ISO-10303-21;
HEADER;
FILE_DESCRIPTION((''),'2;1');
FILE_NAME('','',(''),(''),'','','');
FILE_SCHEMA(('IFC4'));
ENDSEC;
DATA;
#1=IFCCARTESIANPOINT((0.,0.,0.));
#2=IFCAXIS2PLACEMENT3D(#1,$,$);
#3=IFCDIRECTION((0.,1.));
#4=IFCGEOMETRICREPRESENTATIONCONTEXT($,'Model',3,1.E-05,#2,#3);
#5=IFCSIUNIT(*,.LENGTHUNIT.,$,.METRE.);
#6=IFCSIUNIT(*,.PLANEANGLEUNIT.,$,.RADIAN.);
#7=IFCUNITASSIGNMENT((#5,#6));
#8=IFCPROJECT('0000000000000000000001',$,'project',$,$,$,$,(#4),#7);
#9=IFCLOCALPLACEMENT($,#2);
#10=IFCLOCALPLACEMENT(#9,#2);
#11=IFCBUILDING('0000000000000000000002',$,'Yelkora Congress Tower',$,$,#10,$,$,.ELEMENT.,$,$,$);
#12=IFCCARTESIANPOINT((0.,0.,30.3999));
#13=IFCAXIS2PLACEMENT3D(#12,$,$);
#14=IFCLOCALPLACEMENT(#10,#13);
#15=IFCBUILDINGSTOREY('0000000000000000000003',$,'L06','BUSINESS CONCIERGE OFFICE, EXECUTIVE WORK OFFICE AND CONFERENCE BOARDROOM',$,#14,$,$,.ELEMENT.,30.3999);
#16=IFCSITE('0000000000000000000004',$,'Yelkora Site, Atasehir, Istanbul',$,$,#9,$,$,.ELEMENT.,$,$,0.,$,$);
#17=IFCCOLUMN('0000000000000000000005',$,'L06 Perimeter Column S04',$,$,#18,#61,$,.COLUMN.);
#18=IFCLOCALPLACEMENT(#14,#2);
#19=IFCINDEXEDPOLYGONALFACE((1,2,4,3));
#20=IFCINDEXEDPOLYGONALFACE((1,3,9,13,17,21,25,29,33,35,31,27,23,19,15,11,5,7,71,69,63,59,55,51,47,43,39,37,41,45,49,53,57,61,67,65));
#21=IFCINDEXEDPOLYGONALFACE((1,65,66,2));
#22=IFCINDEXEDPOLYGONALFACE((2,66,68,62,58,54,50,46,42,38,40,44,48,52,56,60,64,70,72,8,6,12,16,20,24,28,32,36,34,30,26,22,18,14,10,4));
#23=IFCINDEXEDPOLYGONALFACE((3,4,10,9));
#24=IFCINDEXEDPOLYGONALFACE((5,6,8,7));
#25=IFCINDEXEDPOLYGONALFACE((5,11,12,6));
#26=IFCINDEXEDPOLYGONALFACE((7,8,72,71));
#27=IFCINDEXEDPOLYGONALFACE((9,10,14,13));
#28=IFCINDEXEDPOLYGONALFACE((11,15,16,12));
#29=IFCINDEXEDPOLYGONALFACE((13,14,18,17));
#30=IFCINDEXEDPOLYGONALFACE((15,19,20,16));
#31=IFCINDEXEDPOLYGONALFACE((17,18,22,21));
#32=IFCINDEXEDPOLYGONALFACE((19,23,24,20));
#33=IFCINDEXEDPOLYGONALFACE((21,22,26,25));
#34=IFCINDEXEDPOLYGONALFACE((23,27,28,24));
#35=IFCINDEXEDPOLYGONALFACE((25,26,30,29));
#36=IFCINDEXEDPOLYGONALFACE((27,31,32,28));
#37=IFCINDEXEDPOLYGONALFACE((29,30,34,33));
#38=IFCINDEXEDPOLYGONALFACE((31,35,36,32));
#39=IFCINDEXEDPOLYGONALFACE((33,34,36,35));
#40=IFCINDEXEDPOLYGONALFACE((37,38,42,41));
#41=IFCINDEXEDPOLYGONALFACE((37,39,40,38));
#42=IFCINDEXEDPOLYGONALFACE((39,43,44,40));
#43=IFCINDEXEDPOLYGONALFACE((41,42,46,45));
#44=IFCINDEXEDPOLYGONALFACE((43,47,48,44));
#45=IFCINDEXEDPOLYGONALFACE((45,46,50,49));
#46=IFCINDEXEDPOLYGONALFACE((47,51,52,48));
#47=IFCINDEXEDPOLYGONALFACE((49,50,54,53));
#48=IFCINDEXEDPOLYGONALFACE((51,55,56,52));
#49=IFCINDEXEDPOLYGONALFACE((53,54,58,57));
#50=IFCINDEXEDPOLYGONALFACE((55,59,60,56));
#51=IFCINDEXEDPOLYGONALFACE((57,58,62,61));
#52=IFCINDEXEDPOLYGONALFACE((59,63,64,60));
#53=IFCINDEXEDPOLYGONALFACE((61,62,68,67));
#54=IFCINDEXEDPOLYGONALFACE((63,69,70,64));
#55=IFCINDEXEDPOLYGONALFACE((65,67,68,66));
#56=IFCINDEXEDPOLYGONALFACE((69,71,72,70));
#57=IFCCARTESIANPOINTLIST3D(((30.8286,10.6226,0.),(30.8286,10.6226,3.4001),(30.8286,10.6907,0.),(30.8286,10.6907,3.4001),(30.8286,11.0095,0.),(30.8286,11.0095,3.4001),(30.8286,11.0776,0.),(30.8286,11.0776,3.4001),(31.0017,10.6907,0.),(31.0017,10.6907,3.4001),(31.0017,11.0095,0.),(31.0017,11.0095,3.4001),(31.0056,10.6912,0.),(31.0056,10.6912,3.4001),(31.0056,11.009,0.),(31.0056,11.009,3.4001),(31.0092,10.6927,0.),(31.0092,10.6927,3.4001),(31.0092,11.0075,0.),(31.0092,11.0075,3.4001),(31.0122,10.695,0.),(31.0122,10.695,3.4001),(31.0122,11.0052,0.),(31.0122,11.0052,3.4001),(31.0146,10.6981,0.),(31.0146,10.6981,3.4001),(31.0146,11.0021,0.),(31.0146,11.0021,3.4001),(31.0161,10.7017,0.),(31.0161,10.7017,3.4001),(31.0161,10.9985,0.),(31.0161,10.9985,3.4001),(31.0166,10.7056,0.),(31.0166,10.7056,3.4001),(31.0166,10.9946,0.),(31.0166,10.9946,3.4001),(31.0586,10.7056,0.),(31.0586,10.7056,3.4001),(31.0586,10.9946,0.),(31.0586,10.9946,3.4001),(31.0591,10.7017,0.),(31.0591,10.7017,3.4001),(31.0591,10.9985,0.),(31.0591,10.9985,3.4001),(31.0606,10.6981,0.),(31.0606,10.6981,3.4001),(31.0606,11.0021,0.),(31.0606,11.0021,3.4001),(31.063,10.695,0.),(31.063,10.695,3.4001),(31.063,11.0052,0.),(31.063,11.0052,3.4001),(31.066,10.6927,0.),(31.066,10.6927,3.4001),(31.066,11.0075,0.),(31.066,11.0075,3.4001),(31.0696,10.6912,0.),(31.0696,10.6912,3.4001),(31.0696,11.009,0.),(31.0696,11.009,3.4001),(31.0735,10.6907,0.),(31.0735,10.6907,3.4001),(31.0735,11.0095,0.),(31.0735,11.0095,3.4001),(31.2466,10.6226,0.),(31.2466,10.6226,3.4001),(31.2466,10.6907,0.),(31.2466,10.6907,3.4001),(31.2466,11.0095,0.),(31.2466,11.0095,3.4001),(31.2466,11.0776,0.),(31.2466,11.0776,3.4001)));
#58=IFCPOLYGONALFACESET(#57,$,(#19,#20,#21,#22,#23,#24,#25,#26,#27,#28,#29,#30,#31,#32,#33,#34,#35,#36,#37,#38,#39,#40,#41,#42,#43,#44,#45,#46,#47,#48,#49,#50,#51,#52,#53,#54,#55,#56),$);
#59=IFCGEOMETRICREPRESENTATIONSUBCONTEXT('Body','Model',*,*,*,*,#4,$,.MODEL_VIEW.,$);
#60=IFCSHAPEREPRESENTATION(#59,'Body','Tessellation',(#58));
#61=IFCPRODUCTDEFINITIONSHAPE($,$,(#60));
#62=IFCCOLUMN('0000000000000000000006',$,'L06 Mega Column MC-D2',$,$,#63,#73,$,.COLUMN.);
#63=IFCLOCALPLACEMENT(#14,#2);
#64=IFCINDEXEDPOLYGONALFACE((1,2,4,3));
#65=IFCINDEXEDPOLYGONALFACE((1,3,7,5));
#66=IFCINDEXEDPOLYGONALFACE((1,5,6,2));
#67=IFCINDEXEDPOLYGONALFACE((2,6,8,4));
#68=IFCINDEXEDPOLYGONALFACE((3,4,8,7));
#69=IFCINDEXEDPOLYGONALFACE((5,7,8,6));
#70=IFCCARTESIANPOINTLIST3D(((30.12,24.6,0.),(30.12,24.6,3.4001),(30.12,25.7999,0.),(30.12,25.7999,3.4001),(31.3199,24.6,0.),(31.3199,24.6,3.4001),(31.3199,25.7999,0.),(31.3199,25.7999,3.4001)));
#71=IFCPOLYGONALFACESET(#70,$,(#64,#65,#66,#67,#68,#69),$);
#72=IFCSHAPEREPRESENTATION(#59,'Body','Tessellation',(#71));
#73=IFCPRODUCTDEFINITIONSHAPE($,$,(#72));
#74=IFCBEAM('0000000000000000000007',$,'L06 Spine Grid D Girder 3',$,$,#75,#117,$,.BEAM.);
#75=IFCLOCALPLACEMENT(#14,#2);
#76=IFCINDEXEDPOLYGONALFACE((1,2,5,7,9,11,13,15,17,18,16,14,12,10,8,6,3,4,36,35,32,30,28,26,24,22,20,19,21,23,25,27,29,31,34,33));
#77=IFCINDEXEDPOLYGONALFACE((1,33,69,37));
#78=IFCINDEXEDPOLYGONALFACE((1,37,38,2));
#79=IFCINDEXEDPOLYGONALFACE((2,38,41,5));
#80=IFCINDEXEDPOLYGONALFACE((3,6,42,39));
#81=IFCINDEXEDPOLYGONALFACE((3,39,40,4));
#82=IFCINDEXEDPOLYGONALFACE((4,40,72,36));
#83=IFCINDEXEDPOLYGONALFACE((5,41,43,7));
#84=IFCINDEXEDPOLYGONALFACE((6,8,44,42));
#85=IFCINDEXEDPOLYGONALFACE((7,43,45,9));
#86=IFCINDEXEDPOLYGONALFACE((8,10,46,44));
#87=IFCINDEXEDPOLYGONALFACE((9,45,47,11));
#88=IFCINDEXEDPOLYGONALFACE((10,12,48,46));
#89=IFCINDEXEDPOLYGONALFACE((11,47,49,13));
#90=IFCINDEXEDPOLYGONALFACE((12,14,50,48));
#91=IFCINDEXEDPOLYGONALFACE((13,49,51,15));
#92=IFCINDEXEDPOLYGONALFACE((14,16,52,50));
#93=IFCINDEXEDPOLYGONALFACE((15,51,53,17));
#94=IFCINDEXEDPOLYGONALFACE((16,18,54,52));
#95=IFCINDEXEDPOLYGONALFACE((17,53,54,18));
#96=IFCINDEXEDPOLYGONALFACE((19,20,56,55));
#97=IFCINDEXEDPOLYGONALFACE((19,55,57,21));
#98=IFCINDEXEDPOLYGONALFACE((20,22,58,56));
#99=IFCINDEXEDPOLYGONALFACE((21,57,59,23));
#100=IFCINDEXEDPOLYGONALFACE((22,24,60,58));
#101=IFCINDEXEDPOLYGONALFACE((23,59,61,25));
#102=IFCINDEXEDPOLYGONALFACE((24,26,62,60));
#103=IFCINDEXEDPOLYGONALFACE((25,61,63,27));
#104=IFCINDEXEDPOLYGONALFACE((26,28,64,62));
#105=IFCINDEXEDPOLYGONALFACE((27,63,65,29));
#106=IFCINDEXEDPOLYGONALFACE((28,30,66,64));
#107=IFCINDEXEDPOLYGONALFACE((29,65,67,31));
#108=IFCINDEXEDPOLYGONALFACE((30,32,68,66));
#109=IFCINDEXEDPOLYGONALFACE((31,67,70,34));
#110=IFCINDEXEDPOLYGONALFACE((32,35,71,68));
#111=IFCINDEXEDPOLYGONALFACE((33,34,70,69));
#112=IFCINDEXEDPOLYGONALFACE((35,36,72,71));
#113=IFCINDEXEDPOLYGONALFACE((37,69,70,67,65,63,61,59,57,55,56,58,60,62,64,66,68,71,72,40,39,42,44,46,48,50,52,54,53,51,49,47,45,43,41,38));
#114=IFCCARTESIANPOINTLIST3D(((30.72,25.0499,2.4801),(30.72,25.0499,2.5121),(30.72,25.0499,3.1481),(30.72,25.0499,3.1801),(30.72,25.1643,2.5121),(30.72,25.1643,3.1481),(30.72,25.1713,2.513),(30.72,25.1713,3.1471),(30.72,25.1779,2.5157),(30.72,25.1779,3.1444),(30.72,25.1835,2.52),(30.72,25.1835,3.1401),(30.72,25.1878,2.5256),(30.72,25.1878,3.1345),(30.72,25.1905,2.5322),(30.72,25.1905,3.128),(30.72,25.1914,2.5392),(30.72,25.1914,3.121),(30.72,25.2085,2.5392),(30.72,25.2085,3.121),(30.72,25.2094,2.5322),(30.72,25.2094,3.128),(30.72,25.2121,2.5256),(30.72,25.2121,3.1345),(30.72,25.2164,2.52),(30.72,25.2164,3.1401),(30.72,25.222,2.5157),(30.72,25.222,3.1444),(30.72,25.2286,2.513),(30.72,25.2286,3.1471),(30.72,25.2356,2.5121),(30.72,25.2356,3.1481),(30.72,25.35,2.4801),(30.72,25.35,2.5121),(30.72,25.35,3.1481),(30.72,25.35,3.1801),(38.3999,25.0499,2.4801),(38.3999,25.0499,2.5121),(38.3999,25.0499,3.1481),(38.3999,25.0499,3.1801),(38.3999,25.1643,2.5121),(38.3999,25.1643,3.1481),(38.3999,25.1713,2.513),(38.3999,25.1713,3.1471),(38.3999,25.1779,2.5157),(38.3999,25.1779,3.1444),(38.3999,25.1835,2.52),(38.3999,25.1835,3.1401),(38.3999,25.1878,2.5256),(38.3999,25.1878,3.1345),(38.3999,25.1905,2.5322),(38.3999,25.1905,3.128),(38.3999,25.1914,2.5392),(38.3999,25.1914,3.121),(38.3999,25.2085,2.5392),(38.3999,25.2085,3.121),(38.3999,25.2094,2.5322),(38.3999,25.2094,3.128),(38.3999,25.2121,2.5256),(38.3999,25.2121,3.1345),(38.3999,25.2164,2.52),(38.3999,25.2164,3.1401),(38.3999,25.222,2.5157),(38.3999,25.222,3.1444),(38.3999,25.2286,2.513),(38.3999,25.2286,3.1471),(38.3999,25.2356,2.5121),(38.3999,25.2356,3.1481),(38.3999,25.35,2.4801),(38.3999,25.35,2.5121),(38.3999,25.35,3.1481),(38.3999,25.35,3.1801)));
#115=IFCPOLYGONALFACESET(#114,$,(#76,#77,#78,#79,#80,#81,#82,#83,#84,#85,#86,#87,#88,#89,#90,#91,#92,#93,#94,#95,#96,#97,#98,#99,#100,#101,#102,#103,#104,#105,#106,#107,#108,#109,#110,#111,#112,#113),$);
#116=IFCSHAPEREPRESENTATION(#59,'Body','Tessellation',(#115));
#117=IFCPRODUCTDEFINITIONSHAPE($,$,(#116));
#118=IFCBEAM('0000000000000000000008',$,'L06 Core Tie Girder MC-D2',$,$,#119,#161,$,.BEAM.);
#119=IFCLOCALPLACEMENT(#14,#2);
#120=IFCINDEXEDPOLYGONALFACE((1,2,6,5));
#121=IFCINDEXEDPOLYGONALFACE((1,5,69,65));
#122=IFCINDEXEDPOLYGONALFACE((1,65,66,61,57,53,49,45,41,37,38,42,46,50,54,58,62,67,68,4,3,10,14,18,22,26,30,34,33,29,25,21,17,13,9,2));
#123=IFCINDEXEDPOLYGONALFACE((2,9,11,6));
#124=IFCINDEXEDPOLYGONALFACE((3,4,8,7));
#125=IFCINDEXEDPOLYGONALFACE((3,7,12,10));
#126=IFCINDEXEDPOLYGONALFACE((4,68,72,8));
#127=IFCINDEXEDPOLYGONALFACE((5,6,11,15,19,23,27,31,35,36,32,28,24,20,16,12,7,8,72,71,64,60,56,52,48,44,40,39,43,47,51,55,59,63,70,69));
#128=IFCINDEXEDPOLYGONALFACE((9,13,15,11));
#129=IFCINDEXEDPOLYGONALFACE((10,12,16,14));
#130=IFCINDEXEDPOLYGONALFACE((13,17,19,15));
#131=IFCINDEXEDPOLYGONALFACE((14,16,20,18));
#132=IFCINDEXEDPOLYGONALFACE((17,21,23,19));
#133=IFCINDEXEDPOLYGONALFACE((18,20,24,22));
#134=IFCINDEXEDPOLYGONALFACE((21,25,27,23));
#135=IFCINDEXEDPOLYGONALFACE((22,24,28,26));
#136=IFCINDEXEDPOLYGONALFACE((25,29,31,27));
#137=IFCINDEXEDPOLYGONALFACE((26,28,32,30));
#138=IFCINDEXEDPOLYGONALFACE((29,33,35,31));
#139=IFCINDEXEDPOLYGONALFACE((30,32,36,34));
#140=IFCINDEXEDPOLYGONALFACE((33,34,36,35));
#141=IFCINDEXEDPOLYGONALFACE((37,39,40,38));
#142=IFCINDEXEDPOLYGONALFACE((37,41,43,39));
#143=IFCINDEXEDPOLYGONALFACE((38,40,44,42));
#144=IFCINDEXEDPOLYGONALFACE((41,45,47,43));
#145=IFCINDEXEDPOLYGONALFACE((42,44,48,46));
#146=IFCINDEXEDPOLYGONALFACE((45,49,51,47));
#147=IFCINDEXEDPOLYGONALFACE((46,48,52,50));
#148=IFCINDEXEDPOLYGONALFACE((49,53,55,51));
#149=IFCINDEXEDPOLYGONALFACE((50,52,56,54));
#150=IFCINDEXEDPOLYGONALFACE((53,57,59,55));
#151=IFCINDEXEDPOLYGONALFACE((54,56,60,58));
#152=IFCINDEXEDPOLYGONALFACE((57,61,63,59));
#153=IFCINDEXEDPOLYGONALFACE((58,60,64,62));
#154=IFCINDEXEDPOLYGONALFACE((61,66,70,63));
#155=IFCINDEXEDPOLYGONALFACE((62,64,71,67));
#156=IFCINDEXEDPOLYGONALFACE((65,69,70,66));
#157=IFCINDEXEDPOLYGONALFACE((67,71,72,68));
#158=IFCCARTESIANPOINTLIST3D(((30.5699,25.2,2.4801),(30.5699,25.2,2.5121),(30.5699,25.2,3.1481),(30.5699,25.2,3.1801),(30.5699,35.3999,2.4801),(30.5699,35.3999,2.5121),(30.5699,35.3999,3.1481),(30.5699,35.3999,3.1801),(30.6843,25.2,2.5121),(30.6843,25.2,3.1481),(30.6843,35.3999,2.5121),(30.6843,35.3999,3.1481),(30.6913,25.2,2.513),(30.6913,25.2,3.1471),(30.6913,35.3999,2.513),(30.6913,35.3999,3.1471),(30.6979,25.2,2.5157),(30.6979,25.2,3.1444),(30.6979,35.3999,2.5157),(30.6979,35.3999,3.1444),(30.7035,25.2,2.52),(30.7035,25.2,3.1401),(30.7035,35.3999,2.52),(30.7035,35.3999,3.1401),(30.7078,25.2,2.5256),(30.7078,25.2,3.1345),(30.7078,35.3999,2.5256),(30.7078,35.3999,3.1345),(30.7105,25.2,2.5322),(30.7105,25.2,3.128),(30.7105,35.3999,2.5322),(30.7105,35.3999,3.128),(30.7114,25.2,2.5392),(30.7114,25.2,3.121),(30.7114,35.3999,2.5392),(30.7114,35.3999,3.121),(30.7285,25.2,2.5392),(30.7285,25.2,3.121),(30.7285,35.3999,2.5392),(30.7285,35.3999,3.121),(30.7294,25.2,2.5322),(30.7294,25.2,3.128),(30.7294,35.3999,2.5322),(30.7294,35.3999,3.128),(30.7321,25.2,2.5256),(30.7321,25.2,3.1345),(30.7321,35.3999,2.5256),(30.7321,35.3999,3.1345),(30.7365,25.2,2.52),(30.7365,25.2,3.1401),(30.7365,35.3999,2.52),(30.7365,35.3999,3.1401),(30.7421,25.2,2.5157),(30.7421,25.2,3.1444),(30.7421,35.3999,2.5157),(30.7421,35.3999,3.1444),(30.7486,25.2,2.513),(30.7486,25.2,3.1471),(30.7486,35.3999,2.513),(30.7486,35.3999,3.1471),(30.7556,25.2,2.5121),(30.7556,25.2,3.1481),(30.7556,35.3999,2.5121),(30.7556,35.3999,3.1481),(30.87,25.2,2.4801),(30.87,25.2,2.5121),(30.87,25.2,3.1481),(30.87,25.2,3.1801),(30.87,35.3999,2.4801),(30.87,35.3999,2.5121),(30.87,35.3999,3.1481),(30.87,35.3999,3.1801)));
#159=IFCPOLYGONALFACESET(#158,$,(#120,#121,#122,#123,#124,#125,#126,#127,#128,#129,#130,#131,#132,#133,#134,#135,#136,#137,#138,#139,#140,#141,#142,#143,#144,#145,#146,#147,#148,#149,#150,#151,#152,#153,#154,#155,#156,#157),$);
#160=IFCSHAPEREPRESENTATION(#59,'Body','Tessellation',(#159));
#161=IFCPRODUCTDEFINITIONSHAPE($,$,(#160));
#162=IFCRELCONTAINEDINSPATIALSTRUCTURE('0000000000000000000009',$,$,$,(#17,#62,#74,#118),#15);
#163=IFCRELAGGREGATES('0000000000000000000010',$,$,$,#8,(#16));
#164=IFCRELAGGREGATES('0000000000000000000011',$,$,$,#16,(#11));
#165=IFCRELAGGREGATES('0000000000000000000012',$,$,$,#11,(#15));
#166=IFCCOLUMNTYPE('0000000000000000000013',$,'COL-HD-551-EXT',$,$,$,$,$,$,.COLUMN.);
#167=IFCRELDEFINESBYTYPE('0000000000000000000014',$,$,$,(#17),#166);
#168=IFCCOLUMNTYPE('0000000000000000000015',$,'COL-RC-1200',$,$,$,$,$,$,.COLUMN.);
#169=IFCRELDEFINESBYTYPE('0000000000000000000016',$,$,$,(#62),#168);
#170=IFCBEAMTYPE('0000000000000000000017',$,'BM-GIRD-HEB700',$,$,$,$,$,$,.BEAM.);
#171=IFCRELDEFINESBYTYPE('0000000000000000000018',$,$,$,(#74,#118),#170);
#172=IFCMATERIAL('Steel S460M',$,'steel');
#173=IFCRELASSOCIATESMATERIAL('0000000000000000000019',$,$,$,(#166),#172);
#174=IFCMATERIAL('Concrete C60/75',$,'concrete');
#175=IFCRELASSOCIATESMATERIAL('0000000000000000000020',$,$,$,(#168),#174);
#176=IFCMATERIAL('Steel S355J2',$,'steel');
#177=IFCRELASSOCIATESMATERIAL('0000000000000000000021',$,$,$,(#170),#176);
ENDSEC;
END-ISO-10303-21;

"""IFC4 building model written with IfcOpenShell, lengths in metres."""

from ifc_helpers import new_model, si_unit, direction, frame, origin, origin_2d, place, context, subcontext, project, spatial, rectangle, i_section, extrude, material, material_profile, profile_set, type_object, element, save


model = new_model("IFC4")

# Units and contexts
model_context = context("Model", 3, precision=1e-05, world=origin(), true_north=direction((0.0, 1.0)))
body_context = subcontext(model_context, "Body", "Model", "MODEL_VIEW")
ifc_project = project(units=[si_unit("LENGTHUNIT", "METRE"), si_unit("PLANEANGLEUNIT", "RADIAN")], contexts=[model_context])

# Site, building, storey
site_placement = place(None, origin())
site = spatial("IfcSite", under=ifc_project, at=site_placement, Name="Yelkora Site, Atasehir, Istanbul", CompositionType="ELEMENT", RefElevation=0.0)
building_placement = place(site_placement, origin())
building = spatial("IfcBuilding", under=site, at=building_placement, Name="Yelkora Congress Tower", CompositionType="ELEMENT")
storey_placement = place(building_placement, frame((0.0, 0.0, 30.3999)))
storey = spatial("IfcBuildingStorey", under=building, at=storey_placement, Name="L06", Description="BUSINESS CONCIERGE OFFICE, EXECUTIVE WORK OFFICE AND CONFERENCE BOARDROOM", CompositionType="ELEMENT", Elevation=30.3999)

# Columns
ifc_material_1 = material(Name="Steel S460M", Category="steel")
ifc_material_profile_1 = material_profile(ifc_material_1, i_section(OverallWidth=0.418, OverallDepth=0.4551, WebThickness=0.042, FlangeThickness=0.0681, FilletRadius=0.0149, at=origin_2d()), Name="HD 400x551")
ifc_profile_set_1 = profile_set([ifc_material_profile_1], Name="Steel S460M")
column_type_1 = type_object("IfcColumnType", Name="COL-HD-551-EXT", PredefinedType="COLUMN", material=ifc_profile_set_1)
column_1_placement = place(storey_placement, frame((31.0376, 10.8501, 0.0), z_axis=(0.0, 0.0, 1.0), x_axis=(1.0, 0.0, 0.0)))
element("IfcColumn", 1, at=column_1_placement, inside=storey, type_object=column_type_1, Name="L06 Perimeter Column S04", PredefinedType="COLUMN", context=body_context, shape_type="SweptSolid", body=[
    extrude(i_section(OverallWidth=0.418, OverallDepth=0.4551, WebThickness=0.042, FlangeThickness=0.0681, FilletRadius=0.0149, at=origin_2d()), origin(), (0.0, 0.0, 1.0), 3.4001),
])
ifc_material_2 = material(Name="Concrete C60/75", Category="concrete")
ifc_material_profile_2 = material_profile(ifc_material_2, rectangle(XDim=1.2, YDim=1.2, at=origin_2d()), Name="RC 1200x1200")
ifc_profile_set_2 = profile_set([ifc_material_profile_2], Name="Concrete C60/75")
column_type_2 = type_object("IfcColumnType", Name="COL-RC-1200", PredefinedType="COLUMN", material=ifc_profile_set_2)
column_2_placement = place(storey_placement, frame((30.72, 25.2, 0.0), z_axis=(0.0, 0.0, 1.0), x_axis=(1.0, 0.0, 0.0)))
element("IfcColumn", 2, at=column_2_placement, inside=storey, type_object=column_type_2, Name="L06 Mega Column MC-D2", PredefinedType="COLUMN", context=body_context, shape_type="SweptSolid", body=[
    extrude(rectangle(XDim=1.2, YDim=1.2, at=origin_2d()), origin(), (0.0, 0.0, 1.0), 3.4001),
])

# Beams
ifc_material_3 = material(Name="Steel S355J2", Category="steel")
ifc_material_profile_3 = material_profile(ifc_material_3, i_section(OverallWidth=0.3, OverallDepth=0.7, WebThickness=0.0171, FlangeThickness=0.032, FilletRadius=0.0271, at=origin_2d()), Name="HEB 700")
ifc_profile_set_3 = profile_set([ifc_material_profile_3], Name="Steel S355J2")
beam_type_1 = type_object("IfcBeamType", Name="BM-GIRD-HEB700", PredefinedType="BEAM", material=ifc_profile_set_3)
beam_1_placement = place(storey_placement, frame((30.72, 25.2, 2.8301), z_axis=(1.0, 0.0, 0.0), x_axis=(0.0, 1.0, 0.0)))
element("IfcBeam", 3, at=beam_1_placement, inside=storey, type_object=beam_type_1, Name="L06 Spine Grid D Girder 3", PredefinedType="BEAM", context=body_context, shape_type="SweptSolid", body=[
    extrude(i_section(OverallWidth=0.3, OverallDepth=0.7, WebThickness=0.0171, FlangeThickness=0.032, FilletRadius=0.0271, at=origin_2d()), origin(), (0.0, 0.0, 1.0), 7.6799),
])
beam_2_placement = place(storey_placement, frame((30.72, 25.2, 2.8301), z_axis=(0.0, 1.0, 0.0), x_axis=(-1.0, 0.0, 0.0)))
element("IfcBeam", 4, at=beam_2_placement, inside=storey, type_object=beam_type_1, Name="L06 Core Tie Girder MC-D2", PredefinedType="BEAM", context=body_context, shape_type="SweptSolid", body=[
    extrude(i_section(OverallWidth=0.3, OverallDepth=0.7, WebThickness=0.0171, FlangeThickness=0.032, FilletRadius=0.0271, at=origin_2d()), origin(), (0.0, 0.0, 1.0), 10.2),
])

save(model, "model.ifc")
